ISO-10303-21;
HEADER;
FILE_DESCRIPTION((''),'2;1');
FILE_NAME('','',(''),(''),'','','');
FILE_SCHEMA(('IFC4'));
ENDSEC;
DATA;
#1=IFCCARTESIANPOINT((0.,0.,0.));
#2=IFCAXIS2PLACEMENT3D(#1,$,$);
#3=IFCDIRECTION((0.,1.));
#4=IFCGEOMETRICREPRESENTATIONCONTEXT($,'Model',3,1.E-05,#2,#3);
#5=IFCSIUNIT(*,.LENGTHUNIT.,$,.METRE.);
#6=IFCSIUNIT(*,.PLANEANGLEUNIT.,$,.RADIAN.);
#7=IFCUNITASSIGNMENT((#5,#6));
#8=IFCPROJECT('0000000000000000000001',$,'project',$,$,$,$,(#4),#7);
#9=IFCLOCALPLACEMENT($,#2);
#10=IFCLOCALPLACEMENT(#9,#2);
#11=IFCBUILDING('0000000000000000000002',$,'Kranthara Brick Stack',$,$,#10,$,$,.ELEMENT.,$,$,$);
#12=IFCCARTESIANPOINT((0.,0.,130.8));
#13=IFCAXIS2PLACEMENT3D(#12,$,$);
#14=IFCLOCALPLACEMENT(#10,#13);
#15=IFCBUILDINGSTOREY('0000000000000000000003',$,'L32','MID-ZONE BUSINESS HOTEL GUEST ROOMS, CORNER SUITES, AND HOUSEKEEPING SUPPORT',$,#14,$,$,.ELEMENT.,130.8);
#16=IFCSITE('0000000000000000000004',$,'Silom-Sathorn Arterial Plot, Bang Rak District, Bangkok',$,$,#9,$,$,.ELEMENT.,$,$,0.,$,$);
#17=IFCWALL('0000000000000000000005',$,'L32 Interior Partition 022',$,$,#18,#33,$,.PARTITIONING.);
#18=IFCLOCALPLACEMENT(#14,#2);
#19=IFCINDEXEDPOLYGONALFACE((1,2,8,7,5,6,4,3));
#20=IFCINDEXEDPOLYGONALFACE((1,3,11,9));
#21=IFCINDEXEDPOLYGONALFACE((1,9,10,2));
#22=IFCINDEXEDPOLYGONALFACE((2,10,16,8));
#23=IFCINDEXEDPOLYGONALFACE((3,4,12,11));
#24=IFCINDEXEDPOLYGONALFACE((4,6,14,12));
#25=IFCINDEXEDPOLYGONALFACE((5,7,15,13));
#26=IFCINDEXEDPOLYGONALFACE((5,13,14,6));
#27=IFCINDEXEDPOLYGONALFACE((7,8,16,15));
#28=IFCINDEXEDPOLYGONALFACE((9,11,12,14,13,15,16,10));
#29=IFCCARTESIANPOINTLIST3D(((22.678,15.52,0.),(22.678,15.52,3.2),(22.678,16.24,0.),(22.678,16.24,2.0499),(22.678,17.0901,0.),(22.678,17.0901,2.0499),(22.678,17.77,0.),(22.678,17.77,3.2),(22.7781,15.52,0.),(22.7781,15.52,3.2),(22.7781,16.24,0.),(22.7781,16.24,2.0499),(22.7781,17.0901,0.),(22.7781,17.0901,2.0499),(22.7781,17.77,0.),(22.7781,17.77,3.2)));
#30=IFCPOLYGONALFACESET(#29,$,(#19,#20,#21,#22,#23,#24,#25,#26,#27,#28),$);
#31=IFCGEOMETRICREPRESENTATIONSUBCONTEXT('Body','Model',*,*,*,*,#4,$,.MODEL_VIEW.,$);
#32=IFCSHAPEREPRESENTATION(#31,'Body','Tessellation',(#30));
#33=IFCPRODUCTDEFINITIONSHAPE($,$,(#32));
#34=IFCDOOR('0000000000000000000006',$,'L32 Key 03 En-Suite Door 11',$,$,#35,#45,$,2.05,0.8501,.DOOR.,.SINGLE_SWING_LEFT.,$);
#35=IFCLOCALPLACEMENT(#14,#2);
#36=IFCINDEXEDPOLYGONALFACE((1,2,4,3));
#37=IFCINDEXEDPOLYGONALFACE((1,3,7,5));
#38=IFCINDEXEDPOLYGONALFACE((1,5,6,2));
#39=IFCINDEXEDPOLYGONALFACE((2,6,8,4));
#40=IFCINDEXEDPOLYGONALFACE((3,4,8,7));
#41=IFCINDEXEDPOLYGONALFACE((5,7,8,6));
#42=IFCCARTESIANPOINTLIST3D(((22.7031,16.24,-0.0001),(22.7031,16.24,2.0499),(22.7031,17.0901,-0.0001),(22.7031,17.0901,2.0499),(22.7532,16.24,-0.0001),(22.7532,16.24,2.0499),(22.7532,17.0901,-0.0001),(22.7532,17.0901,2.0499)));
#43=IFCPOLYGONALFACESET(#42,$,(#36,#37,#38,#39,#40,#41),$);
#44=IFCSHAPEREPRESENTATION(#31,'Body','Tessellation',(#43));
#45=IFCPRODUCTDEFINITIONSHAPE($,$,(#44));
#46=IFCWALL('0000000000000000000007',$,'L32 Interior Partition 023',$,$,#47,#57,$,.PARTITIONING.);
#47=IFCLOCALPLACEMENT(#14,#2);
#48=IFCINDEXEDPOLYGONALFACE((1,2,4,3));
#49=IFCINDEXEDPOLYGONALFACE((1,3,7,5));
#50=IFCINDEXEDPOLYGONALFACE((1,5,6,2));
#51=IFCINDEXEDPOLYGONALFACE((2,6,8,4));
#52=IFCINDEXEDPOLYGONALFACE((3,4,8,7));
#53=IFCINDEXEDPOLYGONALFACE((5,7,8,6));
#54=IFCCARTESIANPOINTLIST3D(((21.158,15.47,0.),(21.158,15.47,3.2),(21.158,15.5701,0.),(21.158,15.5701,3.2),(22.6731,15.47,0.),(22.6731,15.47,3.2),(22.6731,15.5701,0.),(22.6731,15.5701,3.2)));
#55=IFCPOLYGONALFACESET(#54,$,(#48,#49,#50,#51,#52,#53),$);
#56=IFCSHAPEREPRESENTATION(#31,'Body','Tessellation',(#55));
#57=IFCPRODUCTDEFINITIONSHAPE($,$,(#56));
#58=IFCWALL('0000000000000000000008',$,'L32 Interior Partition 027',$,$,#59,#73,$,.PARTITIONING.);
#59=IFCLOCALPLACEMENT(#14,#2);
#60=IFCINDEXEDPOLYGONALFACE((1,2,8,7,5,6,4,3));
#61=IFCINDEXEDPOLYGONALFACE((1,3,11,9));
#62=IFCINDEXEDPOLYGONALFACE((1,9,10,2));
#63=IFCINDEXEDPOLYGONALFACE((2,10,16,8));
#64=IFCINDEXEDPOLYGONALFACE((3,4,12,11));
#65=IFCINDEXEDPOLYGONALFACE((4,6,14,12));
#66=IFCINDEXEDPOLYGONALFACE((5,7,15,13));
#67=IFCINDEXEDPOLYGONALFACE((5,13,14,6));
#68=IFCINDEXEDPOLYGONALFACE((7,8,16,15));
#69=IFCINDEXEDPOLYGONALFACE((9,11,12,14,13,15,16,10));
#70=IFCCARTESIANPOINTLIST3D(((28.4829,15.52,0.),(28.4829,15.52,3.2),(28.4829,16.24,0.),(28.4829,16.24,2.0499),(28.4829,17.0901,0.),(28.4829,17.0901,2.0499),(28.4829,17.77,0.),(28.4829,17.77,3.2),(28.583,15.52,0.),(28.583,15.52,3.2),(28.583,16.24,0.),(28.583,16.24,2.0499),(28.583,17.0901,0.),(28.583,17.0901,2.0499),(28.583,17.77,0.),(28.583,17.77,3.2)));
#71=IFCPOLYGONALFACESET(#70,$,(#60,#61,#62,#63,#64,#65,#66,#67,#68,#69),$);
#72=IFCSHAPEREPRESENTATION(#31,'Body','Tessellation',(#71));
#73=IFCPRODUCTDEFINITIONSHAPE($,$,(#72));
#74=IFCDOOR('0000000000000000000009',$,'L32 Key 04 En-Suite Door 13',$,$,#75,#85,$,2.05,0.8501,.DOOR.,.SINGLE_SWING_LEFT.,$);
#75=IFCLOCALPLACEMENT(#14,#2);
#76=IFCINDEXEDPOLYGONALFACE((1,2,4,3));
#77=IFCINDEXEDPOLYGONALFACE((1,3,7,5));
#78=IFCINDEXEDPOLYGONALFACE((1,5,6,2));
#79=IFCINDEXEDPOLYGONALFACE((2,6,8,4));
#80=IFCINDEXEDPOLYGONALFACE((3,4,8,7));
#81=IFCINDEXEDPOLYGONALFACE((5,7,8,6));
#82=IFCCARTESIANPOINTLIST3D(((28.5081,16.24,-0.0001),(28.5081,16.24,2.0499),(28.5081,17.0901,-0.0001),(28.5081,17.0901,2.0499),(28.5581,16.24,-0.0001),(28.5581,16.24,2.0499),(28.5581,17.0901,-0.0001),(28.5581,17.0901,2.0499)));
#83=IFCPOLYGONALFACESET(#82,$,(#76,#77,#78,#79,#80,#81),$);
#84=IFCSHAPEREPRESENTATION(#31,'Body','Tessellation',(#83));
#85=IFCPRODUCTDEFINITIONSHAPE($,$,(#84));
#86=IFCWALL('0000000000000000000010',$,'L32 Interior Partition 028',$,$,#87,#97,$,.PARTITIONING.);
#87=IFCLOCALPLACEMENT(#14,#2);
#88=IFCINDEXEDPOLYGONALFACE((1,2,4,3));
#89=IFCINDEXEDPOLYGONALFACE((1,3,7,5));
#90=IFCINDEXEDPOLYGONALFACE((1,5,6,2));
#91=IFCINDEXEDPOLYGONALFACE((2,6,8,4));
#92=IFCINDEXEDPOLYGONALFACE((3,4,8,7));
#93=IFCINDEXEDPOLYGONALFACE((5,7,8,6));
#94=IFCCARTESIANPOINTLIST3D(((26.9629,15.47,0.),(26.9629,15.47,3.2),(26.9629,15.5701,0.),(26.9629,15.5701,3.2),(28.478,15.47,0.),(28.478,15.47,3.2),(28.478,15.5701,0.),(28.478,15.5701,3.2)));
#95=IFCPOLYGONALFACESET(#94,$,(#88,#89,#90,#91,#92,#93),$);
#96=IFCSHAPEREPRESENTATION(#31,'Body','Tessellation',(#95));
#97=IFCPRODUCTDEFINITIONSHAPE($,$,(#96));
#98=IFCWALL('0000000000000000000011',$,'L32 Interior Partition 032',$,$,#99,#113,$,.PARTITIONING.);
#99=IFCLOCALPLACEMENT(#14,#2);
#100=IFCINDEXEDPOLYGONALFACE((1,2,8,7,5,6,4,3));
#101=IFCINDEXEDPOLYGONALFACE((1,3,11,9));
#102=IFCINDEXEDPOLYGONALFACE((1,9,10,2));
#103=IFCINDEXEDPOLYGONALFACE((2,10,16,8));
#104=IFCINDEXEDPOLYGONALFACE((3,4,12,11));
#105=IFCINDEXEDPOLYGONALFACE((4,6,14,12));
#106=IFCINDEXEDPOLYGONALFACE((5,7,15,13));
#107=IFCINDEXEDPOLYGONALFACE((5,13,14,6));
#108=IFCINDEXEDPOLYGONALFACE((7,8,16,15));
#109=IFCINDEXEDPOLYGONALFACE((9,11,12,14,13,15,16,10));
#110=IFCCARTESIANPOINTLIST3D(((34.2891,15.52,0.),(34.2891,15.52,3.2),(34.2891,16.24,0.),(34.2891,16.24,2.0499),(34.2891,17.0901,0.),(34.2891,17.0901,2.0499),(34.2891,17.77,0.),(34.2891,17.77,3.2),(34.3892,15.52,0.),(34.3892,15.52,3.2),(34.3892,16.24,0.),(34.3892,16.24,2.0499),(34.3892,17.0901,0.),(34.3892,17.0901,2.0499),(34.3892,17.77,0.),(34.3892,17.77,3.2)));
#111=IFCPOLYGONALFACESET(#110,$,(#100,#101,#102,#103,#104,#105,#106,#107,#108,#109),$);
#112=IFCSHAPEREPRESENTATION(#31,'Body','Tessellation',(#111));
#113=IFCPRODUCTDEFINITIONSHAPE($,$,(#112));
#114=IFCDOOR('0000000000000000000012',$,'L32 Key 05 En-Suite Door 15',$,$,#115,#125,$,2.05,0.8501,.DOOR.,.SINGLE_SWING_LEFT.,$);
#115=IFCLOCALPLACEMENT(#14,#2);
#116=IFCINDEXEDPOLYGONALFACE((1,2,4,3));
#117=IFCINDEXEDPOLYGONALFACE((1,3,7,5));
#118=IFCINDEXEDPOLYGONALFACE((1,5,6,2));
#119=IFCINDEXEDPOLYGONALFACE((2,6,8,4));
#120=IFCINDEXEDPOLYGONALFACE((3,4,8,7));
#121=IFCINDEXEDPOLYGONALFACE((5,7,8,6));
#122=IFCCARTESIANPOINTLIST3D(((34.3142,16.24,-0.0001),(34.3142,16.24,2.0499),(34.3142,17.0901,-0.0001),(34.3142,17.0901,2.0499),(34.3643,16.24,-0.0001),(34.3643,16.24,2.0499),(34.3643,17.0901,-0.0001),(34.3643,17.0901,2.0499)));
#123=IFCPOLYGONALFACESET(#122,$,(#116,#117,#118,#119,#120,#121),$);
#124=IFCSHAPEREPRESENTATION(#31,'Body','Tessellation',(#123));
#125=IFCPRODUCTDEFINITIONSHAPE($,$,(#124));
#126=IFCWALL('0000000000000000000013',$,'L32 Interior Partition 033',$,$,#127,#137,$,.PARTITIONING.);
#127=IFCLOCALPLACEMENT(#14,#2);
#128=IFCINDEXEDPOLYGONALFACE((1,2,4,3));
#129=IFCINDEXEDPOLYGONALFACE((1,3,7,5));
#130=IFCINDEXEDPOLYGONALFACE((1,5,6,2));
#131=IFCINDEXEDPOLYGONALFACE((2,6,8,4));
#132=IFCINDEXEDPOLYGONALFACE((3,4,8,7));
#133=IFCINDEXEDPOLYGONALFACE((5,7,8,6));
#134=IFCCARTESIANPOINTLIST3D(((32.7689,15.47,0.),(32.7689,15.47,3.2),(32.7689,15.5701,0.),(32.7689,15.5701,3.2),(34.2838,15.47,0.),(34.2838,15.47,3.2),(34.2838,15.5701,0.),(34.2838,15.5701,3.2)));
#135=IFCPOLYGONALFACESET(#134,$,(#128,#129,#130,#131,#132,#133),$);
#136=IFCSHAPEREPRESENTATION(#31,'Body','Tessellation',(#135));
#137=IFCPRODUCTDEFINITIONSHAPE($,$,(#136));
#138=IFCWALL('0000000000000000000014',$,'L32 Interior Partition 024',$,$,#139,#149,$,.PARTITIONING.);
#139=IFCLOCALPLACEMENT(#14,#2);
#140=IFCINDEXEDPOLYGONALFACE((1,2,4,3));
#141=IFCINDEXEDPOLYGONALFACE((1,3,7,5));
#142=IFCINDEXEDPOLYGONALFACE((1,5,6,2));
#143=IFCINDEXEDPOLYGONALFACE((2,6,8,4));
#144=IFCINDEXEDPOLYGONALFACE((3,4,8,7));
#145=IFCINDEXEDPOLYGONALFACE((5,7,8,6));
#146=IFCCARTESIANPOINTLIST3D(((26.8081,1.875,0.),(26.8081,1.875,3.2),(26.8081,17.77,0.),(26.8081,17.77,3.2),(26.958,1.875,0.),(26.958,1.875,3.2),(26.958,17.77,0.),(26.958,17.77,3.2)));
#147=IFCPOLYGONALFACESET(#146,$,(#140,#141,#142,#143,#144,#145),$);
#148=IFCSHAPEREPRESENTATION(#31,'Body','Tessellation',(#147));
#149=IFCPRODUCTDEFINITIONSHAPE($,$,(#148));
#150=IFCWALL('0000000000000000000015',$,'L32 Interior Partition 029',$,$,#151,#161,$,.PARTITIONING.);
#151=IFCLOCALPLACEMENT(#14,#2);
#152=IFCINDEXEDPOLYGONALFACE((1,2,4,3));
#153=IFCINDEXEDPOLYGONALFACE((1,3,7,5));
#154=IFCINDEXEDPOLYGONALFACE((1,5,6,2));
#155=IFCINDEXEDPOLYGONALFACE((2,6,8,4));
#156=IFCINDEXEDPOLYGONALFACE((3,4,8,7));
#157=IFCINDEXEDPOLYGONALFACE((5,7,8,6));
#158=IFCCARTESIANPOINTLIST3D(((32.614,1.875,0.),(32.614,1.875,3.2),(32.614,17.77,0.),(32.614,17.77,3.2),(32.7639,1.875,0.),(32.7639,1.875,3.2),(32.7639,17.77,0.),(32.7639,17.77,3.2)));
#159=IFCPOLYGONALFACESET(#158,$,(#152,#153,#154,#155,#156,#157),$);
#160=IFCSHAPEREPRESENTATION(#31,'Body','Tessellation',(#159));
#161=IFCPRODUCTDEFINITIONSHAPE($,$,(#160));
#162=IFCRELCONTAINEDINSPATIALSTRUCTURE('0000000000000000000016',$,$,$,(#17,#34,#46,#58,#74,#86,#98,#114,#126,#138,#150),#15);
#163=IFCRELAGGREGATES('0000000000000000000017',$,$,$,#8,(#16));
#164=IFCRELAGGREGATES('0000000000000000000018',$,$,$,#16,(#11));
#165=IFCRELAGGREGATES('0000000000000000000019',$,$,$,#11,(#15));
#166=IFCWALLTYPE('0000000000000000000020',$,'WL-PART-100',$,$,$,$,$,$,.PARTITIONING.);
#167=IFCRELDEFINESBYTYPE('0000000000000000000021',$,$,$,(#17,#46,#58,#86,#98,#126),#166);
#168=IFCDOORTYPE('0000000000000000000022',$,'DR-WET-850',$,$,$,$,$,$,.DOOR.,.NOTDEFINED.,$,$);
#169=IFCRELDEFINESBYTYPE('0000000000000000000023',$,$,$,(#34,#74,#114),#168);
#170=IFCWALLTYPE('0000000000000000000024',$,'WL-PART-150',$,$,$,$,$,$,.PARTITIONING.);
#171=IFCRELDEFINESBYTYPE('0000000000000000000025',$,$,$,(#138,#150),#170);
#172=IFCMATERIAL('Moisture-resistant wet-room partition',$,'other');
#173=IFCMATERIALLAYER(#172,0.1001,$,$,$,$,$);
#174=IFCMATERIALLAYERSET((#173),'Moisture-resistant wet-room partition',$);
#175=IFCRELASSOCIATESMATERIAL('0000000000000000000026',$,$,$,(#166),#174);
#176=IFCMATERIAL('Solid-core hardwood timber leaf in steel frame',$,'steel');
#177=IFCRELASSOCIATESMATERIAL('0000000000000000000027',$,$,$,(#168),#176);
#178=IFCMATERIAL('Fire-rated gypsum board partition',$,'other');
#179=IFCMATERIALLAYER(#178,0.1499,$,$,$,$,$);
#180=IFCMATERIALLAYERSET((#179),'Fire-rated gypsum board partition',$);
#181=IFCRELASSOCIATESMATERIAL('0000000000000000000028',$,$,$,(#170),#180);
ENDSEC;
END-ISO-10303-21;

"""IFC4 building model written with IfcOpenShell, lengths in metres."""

from ifc_helpers import new_model, si_unit, direction, frame, frame_2d, origin, place, context, subcontext, project, spatial, rectangle, extrude, material, layer, layer_set, type_object, element, fill, save


model = new_model("IFC4")

# Units and contexts
model_context = context("Model", 3, precision=1e-05, world=origin(), true_north=direction((0.0, 1.0)))
body_context = subcontext(model_context, "Body", "Model", "MODEL_VIEW")
ifc_project = project(units=[si_unit("LENGTHUNIT", "METRE"), si_unit("PLANEANGLEUNIT", "RADIAN")], contexts=[model_context])

# Site, building, storey
site_placement = place(None, origin())
site = spatial("IfcSite", under=ifc_project, at=site_placement, Name="Silom-Sathorn Arterial Plot, Bang Rak District, Bangkok", CompositionType="ELEMENT", RefElevation=0.0)
building_placement = place(site_placement, origin())
building = spatial("IfcBuilding", under=site, at=building_placement, Name="Kranthara Brick Stack", CompositionType="ELEMENT")
storey_placement = place(building_placement, frame((0.0, 0.0, 130.8)))
storey = spatial("IfcBuildingStorey", under=building, at=storey_placement, Name="L32", Description="MID-ZONE BUSINESS HOTEL GUEST ROOMS, CORNER SUITES, AND HOUSEKEEPING SUPPORT", CompositionType="ELEMENT", Elevation=130.8)

# Wall, opening, door
ifc_material_1 = material(Name="Moisture-resistant wet-room partition", Category="other")
ifc_layer_1 = layer(ifc_material_1, 0.1001)
ifc_layer_set_1 = layer_set([ifc_layer_1], Name="Moisture-resistant wet-room partition")
wall_type_1 = type_object("IfcWallType", Name="WL-PART-100", PredefinedType="PARTITIONING", material=ifc_layer_set_1)
wall_1_placement = place(storey_placement, frame((22.728, 15.52, 0.0), z_axis=(0.0, 0.0, 1.0), x_axis=(0.0, 1.0, 0.0)))
wall_1 = element("IfcWall", 1, at=wall_1_placement, inside=storey, type_object=wall_type_1, Name="L32 Interior Partition 022", PredefinedType="PARTITIONING", context=body_context, shape_type="SweptSolid", body=[
    extrude(rectangle(XDim=2.25, YDim=0.1001, at=frame_2d((1.125, 0.0))), origin(), (0.0, 0.0, 1.0), 3.2),
])
opening_1_placement = place(wall_1_placement, frame((0.72, 0.0, 0.0)))
opening_1 = element("IfcOpeningElement", 2, at=opening_1_placement, cuts=wall_1, PredefinedType="OPENING", context=body_context, shape_type="SweptSolid", body=[
    extrude(rectangle(XDim=0.8501, YDim=2.05, at=frame_2d((0.425, 1.0249))), frame((0.0, 0.0601, 0.0), z_axis=(0.0, -1.0, 0.0), x_axis=(1.0, 0.0, 0.0)), (0.0, 0.0, 1.0), 0.1201),
])
ifc_material_2 = material(Name="Solid-core hardwood timber leaf in steel frame", Category="steel")
door_type = type_object("IfcDoorType", Name="DR-WET-850", OperationType="NOTDEFINED", PredefinedType="DOOR", material=ifc_material_2)
door_1_placement = place(opening_1_placement, origin())
door_1 = element("IfcDoor", 3, at=door_1_placement, inside=storey, type_object=door_type, Name="L32 Key 03 En-Suite Door 11", OperationType="SINGLE_SWING_LEFT", OverallHeight=2.05, OverallWidth=0.8501, PredefinedType="DOOR", context=body_context, shape_type="SweptSolid", body=[
    extrude(rectangle(XDim=0.8501, YDim=2.05, at=frame_2d((0.425, 1.0249))), frame((0.0, 0.0249, 0.0), z_axis=(0.0, -1.0, 0.0), x_axis=(1.0, 0.0, 0.0)), (0.0, 0.0, 1.0), 0.05),
])
fill(opening_1, door_1)

# Wall
wall_2_placement = place(storey_placement, frame((21.158, 15.52, 0.0), z_axis=(0.0, 0.0, 1.0), x_axis=(1.0, 0.0, 0.0)))
element("IfcWall", 4, at=wall_2_placement, inside=storey, type_object=wall_type_1, Name="L32 Interior Partition 023", PredefinedType="PARTITIONING", context=body_context, shape_type="SweptSolid", body=[
    extrude(rectangle(XDim=1.5151, YDim=0.1001, at=frame_2d((0.7576, 0.0))), origin(), (0.0, 0.0, 1.0), 3.2),
])

# Wall, opening, door
wall_3_placement = place(storey_placement, frame((28.533, 15.52, 0.0), z_axis=(0.0, 0.0, 1.0), x_axis=(0.0, 1.0, 0.0)))
wall_3 = element("IfcWall", 5, at=wall_3_placement, inside=storey, type_object=wall_type_1, Name="L32 Interior Partition 027", PredefinedType="PARTITIONING", context=body_context, shape_type="SweptSolid", body=[
    extrude(rectangle(XDim=2.25, YDim=0.1001, at=frame_2d((1.125, 0.0))), origin(), (0.0, 0.0, 1.0), 3.2),
])
opening_2_placement = place(wall_3_placement, frame((0.72, 0.0, 0.0)))
opening_2 = element("IfcOpeningElement", 6, at=opening_2_placement, cuts=wall_3, PredefinedType="OPENING", context=body_context, shape_type="SweptSolid", body=[
    extrude(rectangle(XDim=0.8501, YDim=2.05, at=frame_2d((0.425, 1.0249))), frame((0.0, 0.0601, 0.0), z_axis=(0.0, -1.0, 0.0), x_axis=(1.0, 0.0, 0.0)), (0.0, 0.0, 1.0), 0.1201),
])
door_2_placement = place(opening_2_placement, origin())
door_2 = element("IfcDoor", 7, at=door_2_placement, inside=storey, type_object=door_type, Name="L32 Key 04 En-Suite Door 13", OperationType="SINGLE_SWING_LEFT", OverallHeight=2.05, OverallWidth=0.8501, PredefinedType="DOOR", context=body_context, shape_type="SweptSolid", body=[
    extrude(rectangle(XDim=0.8501, YDim=2.05, at=frame_2d((0.425, 1.0249))), frame((0.0, 0.0249, 0.0), z_axis=(0.0, -1.0, 0.0), x_axis=(1.0, 0.0, 0.0)), (0.0, 0.0, 1.0), 0.05),
])
fill(opening_2, door_2)

# Wall
wall_4_placement = place(storey_placement, frame((26.9629, 15.52, 0.0), z_axis=(0.0, 0.0, 1.0), x_axis=(1.0, 0.0, 0.0)))
element("IfcWall", 8, at=wall_4_placement, inside=storey, type_object=wall_type_1, Name="L32 Interior Partition 028", PredefinedType="PARTITIONING", context=body_context, shape_type="SweptSolid", body=[
    extrude(rectangle(XDim=1.5151, YDim=0.1001, at=frame_2d((0.7576, 0.0))), origin(), (0.0, 0.0, 1.0), 3.2),
])

# Wall, opening, door
wall_5_placement = place(storey_placement, frame((34.3391, 15.52, 0.0), z_axis=(0.0, 0.0, 1.0), x_axis=(0.0, 1.0, 0.0)))
wall_5 = element("IfcWall", 9, at=wall_5_placement, inside=storey, type_object=wall_type_1, Name="L32 Interior Partition 032", PredefinedType="PARTITIONING", context=body_context, shape_type="SweptSolid", body=[
    extrude(rectangle(XDim=2.25, YDim=0.1001, at=frame_2d((1.125, 0.0))), origin(), (0.0, 0.0, 1.0), 3.2),
])
opening_3_placement = place(wall_5_placement, frame((0.72, 0.0, 0.0)))
opening_3 = element("IfcOpeningElement", 10, at=opening_3_placement, cuts=wall_5, PredefinedType="OPENING", context=body_context, shape_type="SweptSolid", body=[
    extrude(rectangle(XDim=0.8501, YDim=2.05, at=frame_2d((0.425, 1.0249))), frame((0.0, 0.0601, 0.0), z_axis=(0.0, -1.0, 0.0), x_axis=(1.0, 0.0, 0.0)), (0.0, 0.0, 1.0), 0.1201),
])
door_3_placement = place(opening_3_placement, origin())
door_3 = element("IfcDoor", 11, at=door_3_placement, inside=storey, type_object=door_type, Name="L32 Key 05 En-Suite Door 15", OperationType="SINGLE_SWING_LEFT", OverallHeight=2.05, OverallWidth=0.8501, PredefinedType="DOOR", context=body_context, shape_type="SweptSolid", body=[
    extrude(rectangle(XDim=0.8501, YDim=2.05, at=frame_2d((0.425, 1.0249))), frame((0.0, 0.0249, 0.0), z_axis=(0.0, -1.0, 0.0), x_axis=(1.0, 0.0, 0.0)), (0.0, 0.0, 1.0), 0.05),
])
fill(opening_3, door_3)

# Walls
wall_6_placement = place(storey_placement, frame((32.769, 15.52, 0.0), z_axis=(0.0, 0.0, 1.0), x_axis=(1.0, 0.0, 0.0)))
element("IfcWall", 12, at=wall_6_placement, inside=storey, type_object=wall_type_1, Name="L32 Interior Partition 033", PredefinedType="PARTITIONING", context=body_context, shape_type="SweptSolid", body=[
    extrude(rectangle(XDim=1.5149, YDim=0.1001, at=frame_2d((0.7573, 0.0))), origin(), (0.0, 0.0, 1.0), 3.2),
])
ifc_material_3 = material(Name="Fire-rated gypsum board partition", Category="other")
ifc_layer_2 = layer(ifc_material_3, 0.1499)
ifc_layer_set_2 = layer_set([ifc_layer_2], Name="Fire-rated gypsum board partition")
wall_type_2 = type_object("IfcWallType", Name="WL-PART-150", PredefinedType="PARTITIONING", material=ifc_layer_set_2)
for number, where, z_axis, x_axis, name in (
    (13, (26.8831, 1.875, 0.0), (0.0, 0.0, 1.0), (0.0, 1.0, 0.0), "L32 Interior Partition 024"),
    (14, (32.689, 1.875, 0.0), (0.0, 0.0, 1.0), (0.0, 1.0, 0.0), "L32 Interior Partition 029"),
):
    element("IfcWall", number, at=place(storey_placement, frame(where, z_axis=z_axis, x_axis=x_axis)), inside=storey, type_object=wall_type_2, Name=name, PredefinedType="PARTITIONING", context=body_context, shape_type="SweptSolid", body=[
        extrude(rectangle(XDim=15.895, YDim=0.1499, at=frame_2d((7.9475, 0.0))), origin(), (0.0, 0.0, 1.0), 3.2),
    ])

save(model, "model.ifc")
